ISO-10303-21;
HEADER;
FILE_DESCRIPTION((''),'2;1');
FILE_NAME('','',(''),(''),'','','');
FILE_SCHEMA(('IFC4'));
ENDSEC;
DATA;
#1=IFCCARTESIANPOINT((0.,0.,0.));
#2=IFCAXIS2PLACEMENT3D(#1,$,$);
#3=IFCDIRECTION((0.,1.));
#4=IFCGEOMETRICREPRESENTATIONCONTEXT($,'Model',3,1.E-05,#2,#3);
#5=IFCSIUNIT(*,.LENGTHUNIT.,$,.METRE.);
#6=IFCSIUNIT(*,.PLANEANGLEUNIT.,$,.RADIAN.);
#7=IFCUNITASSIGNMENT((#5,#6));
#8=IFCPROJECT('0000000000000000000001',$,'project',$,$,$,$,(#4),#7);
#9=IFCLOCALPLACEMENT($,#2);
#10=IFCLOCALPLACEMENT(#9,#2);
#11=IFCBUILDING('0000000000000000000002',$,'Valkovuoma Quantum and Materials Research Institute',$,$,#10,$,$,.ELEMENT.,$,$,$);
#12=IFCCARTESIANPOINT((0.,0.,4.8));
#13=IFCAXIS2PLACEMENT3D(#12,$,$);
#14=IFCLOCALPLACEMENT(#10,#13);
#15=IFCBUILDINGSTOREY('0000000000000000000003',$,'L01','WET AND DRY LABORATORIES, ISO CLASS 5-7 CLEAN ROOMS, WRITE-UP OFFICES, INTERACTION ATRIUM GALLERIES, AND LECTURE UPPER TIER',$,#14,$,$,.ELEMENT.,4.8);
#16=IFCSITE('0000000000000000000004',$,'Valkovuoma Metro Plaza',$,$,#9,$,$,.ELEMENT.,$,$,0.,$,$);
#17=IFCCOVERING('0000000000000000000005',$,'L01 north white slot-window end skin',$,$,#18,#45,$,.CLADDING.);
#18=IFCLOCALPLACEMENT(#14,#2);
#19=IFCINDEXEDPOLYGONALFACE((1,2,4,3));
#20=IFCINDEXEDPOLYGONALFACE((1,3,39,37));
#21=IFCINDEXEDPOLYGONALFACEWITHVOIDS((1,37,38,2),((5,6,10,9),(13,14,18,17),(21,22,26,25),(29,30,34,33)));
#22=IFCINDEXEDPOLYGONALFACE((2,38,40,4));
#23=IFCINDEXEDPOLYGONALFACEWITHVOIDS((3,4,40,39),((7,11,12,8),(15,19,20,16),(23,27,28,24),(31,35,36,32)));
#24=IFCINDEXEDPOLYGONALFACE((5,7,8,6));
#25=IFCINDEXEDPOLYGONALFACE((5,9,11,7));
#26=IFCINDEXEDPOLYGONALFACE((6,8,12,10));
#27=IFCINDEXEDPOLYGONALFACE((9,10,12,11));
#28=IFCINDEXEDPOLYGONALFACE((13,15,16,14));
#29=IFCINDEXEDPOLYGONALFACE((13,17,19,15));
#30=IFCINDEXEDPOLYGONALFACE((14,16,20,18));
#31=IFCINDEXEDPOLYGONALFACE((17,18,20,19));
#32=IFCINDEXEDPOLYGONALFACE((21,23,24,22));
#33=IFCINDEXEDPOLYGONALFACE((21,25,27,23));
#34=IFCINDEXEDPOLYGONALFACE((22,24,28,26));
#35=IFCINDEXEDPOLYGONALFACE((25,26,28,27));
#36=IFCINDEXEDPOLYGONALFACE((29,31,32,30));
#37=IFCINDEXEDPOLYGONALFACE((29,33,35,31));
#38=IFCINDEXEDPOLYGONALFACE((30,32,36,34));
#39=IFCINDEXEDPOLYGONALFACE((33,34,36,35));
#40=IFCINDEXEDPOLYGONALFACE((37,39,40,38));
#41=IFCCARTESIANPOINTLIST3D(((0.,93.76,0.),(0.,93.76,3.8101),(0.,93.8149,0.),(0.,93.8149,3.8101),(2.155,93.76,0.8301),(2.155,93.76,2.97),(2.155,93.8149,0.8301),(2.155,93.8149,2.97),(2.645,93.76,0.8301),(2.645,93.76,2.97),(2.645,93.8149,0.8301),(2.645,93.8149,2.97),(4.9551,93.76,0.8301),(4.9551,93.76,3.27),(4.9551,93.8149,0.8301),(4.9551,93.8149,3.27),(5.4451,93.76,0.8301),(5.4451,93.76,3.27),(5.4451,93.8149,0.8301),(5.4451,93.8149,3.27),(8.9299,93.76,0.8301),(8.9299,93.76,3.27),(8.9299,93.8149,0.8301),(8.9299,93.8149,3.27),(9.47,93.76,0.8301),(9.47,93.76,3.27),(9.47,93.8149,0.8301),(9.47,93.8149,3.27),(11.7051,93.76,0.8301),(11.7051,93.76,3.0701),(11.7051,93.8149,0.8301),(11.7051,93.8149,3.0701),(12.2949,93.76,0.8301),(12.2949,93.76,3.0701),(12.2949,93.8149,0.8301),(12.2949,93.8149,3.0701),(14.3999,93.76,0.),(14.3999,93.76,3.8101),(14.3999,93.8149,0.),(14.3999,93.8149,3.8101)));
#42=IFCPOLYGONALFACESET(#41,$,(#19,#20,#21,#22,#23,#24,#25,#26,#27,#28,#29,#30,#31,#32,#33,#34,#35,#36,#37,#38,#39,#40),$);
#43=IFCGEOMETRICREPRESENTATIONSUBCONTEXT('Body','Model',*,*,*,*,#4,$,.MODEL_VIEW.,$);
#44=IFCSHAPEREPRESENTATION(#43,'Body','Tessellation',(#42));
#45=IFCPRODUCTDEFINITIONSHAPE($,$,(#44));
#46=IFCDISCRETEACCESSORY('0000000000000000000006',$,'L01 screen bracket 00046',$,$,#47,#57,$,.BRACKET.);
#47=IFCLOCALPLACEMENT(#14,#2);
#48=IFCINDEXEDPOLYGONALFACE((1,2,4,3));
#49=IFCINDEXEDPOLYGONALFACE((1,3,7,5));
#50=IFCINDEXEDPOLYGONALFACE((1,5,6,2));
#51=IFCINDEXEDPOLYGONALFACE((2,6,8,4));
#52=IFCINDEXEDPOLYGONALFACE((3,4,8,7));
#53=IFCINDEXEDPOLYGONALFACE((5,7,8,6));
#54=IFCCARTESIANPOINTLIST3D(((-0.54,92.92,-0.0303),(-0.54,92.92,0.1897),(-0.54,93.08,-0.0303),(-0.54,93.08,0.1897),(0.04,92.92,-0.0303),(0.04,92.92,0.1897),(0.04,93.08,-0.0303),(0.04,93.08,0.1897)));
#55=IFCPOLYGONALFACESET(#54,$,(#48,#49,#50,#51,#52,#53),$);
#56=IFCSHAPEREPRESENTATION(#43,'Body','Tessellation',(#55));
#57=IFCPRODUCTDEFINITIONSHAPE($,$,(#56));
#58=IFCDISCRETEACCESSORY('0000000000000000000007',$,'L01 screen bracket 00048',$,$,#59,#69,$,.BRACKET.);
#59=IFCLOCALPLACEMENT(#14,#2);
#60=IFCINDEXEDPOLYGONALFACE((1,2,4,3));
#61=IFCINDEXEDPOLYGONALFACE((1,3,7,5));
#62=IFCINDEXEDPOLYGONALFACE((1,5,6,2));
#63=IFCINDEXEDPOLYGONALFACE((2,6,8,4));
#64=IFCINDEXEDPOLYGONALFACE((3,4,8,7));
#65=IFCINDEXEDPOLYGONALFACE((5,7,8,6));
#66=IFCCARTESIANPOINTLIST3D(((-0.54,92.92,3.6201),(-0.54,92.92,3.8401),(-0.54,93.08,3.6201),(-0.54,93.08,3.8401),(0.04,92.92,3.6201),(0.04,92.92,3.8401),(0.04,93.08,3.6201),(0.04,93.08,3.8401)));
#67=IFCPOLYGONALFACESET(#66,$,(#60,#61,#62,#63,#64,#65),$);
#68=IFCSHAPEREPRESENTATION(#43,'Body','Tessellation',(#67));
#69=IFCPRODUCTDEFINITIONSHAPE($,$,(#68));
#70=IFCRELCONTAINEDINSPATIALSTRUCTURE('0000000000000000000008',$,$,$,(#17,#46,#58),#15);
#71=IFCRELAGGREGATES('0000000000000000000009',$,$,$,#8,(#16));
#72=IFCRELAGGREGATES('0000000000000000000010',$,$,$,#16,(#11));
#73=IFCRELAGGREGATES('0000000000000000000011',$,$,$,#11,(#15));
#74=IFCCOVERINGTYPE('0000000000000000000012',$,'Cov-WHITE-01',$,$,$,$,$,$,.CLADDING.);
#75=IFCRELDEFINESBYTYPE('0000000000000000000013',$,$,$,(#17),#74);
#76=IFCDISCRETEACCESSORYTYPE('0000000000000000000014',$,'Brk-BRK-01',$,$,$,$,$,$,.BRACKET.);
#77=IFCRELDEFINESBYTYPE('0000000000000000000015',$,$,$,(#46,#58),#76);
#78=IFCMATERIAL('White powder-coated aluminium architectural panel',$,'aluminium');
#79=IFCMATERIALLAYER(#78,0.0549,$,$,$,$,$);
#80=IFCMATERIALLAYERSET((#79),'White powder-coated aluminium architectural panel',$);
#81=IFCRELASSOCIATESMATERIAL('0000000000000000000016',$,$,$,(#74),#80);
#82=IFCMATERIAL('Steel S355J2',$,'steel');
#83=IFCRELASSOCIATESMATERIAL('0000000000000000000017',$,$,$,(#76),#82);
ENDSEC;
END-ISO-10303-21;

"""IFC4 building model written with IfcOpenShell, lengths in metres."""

from ifc_helpers import new_model, si_unit, direction, frame, origin, origin_2d, place, context, subcontext, project, spatial, polyline, rectangle, outline, extrude, material, layer, layer_set, type_object, element, save


model = new_model("IFC4")

# Units and contexts
model_context = context("Model", 3, precision=1e-05, world=origin(), true_north=direction((0.0, 1.0)))
body_context = subcontext(model_context, "Body", "Model", "MODEL_VIEW")
ifc_project = project(units=[si_unit("LENGTHUNIT", "METRE"), si_unit("PLANEANGLEUNIT", "RADIAN")], contexts=[model_context])

# Site, building, storey
site_placement = place(None, origin())
site = spatial("IfcSite", under=ifc_project, at=site_placement, Name="Valkovuoma Metro Plaza", CompositionType="ELEMENT", RefElevation=0.0)
building_placement = place(site_placement, origin())
building = spatial("IfcBuilding", under=site, at=building_placement, Name="Valkovuoma Quantum and Materials Research Institute", CompositionType="ELEMENT")
storey_placement = place(building_placement, frame((0.0, 0.0, 4.8)))
storey = spatial("IfcBuildingStorey", under=building, at=storey_placement, Name="L01", Description="WET AND DRY LABORATORIES, ISO CLASS 5-7 CLEAN ROOMS, WRITE-UP OFFICES, INTERACTION ATRIUM GALLERIES, AND LECTURE UPPER TIER", CompositionType="ELEMENT", Elevation=4.8)

# Covering
ifc_material_1 = material(Name="White powder-coated aluminium architectural panel", Category="aluminium")
ifc_layer_1 = layer(ifc_material_1, 0.0549)
ifc_layer_set_1 = layer_set([ifc_layer_1], Name="White powder-coated aluminium architectural panel")
covering_type_1 = type_object("IfcCoveringType", Name="Cov-WHITE-01", PredefinedType="CLADDING", material=ifc_layer_set_1)
covering_1_placement = place(storey_placement, frame((0.0, 93.7876, 0.0), z_axis=(0.0, 0.0, 1.0), x_axis=(1.0, 0.0, 0.0)))
element("IfcCovering", 1, at=covering_1_placement, inside=storey, type_object=covering_type_1, Name="L01 north white slot-window end skin", PredefinedType="CLADDING", context=body_context, shape_type="SweptSolid", body=[
    extrude(outline(polyline([(0.0, 0.0), (14.3999, 0.0), (14.3999, 3.8101), (0.0, 3.8101), (0.0, 0.0)]), holes=[polyline([(2.155, 0.8301), (2.155, 2.97), (2.645, 2.97), (2.645, 0.8301), (2.155, 0.8301)]), polyline([(4.9551, 0.8301), (4.9551, 3.27), (5.4451, 3.27), (5.4451, 0.8301), (4.9551, 0.8301)]), polyline([(8.9299, 0.8301), (8.9299, 3.27), (9.47, 3.27), (9.47, 0.8301), (8.9299, 0.8301)]), polyline([(11.7051, 0.8301), (11.7051, 3.0701), (12.2949, 3.0701), (12.2949, 0.8301), (11.7051, 0.8301)])]), frame((0.0, 0.0273, 0.0), z_axis=(0.0, -1.0, 0.0), x_axis=(1.0, 0.0, 0.0)), (0.0, 0.0, 1.0), 0.0549),
])

# Discrete accessories
ifc_material_2 = material(Name="Steel S355J2", Category="steel")
discrete_accessory_type = type_object("IfcDiscreteAccessoryType", Name="Brk-BRK-01", PredefinedType="BRACKET", material=ifc_material_2)
for number, where, z_axis, x_axis, name in (
    (2, (-0.25, 93.0, -0.0303), (0.0, 0.0, 1.0), (1.0, 0.0, 0.0), "L01 screen bracket 00046"),
    (3, (-0.25, 93.0, 3.6201), (0.0, 0.0, 1.0), (1.0, 0.0, 0.0), "L01 screen bracket 00048"),
):
    element("IfcDiscreteAccessory", number, at=place(storey_placement, frame(where, z_axis=z_axis, x_axis=x_axis)), inside=storey, type_object=discrete_accessory_type, Name=name, PredefinedType="BRACKET", context=body_context, shape_type="SweptSolid", body=[
        extrude(rectangle(XDim=0.5801, YDim=0.1599, at=origin_2d()), origin(), (0.0, 0.0, 1.0), 0.22),
    ])

save(model, "model.ifc")
